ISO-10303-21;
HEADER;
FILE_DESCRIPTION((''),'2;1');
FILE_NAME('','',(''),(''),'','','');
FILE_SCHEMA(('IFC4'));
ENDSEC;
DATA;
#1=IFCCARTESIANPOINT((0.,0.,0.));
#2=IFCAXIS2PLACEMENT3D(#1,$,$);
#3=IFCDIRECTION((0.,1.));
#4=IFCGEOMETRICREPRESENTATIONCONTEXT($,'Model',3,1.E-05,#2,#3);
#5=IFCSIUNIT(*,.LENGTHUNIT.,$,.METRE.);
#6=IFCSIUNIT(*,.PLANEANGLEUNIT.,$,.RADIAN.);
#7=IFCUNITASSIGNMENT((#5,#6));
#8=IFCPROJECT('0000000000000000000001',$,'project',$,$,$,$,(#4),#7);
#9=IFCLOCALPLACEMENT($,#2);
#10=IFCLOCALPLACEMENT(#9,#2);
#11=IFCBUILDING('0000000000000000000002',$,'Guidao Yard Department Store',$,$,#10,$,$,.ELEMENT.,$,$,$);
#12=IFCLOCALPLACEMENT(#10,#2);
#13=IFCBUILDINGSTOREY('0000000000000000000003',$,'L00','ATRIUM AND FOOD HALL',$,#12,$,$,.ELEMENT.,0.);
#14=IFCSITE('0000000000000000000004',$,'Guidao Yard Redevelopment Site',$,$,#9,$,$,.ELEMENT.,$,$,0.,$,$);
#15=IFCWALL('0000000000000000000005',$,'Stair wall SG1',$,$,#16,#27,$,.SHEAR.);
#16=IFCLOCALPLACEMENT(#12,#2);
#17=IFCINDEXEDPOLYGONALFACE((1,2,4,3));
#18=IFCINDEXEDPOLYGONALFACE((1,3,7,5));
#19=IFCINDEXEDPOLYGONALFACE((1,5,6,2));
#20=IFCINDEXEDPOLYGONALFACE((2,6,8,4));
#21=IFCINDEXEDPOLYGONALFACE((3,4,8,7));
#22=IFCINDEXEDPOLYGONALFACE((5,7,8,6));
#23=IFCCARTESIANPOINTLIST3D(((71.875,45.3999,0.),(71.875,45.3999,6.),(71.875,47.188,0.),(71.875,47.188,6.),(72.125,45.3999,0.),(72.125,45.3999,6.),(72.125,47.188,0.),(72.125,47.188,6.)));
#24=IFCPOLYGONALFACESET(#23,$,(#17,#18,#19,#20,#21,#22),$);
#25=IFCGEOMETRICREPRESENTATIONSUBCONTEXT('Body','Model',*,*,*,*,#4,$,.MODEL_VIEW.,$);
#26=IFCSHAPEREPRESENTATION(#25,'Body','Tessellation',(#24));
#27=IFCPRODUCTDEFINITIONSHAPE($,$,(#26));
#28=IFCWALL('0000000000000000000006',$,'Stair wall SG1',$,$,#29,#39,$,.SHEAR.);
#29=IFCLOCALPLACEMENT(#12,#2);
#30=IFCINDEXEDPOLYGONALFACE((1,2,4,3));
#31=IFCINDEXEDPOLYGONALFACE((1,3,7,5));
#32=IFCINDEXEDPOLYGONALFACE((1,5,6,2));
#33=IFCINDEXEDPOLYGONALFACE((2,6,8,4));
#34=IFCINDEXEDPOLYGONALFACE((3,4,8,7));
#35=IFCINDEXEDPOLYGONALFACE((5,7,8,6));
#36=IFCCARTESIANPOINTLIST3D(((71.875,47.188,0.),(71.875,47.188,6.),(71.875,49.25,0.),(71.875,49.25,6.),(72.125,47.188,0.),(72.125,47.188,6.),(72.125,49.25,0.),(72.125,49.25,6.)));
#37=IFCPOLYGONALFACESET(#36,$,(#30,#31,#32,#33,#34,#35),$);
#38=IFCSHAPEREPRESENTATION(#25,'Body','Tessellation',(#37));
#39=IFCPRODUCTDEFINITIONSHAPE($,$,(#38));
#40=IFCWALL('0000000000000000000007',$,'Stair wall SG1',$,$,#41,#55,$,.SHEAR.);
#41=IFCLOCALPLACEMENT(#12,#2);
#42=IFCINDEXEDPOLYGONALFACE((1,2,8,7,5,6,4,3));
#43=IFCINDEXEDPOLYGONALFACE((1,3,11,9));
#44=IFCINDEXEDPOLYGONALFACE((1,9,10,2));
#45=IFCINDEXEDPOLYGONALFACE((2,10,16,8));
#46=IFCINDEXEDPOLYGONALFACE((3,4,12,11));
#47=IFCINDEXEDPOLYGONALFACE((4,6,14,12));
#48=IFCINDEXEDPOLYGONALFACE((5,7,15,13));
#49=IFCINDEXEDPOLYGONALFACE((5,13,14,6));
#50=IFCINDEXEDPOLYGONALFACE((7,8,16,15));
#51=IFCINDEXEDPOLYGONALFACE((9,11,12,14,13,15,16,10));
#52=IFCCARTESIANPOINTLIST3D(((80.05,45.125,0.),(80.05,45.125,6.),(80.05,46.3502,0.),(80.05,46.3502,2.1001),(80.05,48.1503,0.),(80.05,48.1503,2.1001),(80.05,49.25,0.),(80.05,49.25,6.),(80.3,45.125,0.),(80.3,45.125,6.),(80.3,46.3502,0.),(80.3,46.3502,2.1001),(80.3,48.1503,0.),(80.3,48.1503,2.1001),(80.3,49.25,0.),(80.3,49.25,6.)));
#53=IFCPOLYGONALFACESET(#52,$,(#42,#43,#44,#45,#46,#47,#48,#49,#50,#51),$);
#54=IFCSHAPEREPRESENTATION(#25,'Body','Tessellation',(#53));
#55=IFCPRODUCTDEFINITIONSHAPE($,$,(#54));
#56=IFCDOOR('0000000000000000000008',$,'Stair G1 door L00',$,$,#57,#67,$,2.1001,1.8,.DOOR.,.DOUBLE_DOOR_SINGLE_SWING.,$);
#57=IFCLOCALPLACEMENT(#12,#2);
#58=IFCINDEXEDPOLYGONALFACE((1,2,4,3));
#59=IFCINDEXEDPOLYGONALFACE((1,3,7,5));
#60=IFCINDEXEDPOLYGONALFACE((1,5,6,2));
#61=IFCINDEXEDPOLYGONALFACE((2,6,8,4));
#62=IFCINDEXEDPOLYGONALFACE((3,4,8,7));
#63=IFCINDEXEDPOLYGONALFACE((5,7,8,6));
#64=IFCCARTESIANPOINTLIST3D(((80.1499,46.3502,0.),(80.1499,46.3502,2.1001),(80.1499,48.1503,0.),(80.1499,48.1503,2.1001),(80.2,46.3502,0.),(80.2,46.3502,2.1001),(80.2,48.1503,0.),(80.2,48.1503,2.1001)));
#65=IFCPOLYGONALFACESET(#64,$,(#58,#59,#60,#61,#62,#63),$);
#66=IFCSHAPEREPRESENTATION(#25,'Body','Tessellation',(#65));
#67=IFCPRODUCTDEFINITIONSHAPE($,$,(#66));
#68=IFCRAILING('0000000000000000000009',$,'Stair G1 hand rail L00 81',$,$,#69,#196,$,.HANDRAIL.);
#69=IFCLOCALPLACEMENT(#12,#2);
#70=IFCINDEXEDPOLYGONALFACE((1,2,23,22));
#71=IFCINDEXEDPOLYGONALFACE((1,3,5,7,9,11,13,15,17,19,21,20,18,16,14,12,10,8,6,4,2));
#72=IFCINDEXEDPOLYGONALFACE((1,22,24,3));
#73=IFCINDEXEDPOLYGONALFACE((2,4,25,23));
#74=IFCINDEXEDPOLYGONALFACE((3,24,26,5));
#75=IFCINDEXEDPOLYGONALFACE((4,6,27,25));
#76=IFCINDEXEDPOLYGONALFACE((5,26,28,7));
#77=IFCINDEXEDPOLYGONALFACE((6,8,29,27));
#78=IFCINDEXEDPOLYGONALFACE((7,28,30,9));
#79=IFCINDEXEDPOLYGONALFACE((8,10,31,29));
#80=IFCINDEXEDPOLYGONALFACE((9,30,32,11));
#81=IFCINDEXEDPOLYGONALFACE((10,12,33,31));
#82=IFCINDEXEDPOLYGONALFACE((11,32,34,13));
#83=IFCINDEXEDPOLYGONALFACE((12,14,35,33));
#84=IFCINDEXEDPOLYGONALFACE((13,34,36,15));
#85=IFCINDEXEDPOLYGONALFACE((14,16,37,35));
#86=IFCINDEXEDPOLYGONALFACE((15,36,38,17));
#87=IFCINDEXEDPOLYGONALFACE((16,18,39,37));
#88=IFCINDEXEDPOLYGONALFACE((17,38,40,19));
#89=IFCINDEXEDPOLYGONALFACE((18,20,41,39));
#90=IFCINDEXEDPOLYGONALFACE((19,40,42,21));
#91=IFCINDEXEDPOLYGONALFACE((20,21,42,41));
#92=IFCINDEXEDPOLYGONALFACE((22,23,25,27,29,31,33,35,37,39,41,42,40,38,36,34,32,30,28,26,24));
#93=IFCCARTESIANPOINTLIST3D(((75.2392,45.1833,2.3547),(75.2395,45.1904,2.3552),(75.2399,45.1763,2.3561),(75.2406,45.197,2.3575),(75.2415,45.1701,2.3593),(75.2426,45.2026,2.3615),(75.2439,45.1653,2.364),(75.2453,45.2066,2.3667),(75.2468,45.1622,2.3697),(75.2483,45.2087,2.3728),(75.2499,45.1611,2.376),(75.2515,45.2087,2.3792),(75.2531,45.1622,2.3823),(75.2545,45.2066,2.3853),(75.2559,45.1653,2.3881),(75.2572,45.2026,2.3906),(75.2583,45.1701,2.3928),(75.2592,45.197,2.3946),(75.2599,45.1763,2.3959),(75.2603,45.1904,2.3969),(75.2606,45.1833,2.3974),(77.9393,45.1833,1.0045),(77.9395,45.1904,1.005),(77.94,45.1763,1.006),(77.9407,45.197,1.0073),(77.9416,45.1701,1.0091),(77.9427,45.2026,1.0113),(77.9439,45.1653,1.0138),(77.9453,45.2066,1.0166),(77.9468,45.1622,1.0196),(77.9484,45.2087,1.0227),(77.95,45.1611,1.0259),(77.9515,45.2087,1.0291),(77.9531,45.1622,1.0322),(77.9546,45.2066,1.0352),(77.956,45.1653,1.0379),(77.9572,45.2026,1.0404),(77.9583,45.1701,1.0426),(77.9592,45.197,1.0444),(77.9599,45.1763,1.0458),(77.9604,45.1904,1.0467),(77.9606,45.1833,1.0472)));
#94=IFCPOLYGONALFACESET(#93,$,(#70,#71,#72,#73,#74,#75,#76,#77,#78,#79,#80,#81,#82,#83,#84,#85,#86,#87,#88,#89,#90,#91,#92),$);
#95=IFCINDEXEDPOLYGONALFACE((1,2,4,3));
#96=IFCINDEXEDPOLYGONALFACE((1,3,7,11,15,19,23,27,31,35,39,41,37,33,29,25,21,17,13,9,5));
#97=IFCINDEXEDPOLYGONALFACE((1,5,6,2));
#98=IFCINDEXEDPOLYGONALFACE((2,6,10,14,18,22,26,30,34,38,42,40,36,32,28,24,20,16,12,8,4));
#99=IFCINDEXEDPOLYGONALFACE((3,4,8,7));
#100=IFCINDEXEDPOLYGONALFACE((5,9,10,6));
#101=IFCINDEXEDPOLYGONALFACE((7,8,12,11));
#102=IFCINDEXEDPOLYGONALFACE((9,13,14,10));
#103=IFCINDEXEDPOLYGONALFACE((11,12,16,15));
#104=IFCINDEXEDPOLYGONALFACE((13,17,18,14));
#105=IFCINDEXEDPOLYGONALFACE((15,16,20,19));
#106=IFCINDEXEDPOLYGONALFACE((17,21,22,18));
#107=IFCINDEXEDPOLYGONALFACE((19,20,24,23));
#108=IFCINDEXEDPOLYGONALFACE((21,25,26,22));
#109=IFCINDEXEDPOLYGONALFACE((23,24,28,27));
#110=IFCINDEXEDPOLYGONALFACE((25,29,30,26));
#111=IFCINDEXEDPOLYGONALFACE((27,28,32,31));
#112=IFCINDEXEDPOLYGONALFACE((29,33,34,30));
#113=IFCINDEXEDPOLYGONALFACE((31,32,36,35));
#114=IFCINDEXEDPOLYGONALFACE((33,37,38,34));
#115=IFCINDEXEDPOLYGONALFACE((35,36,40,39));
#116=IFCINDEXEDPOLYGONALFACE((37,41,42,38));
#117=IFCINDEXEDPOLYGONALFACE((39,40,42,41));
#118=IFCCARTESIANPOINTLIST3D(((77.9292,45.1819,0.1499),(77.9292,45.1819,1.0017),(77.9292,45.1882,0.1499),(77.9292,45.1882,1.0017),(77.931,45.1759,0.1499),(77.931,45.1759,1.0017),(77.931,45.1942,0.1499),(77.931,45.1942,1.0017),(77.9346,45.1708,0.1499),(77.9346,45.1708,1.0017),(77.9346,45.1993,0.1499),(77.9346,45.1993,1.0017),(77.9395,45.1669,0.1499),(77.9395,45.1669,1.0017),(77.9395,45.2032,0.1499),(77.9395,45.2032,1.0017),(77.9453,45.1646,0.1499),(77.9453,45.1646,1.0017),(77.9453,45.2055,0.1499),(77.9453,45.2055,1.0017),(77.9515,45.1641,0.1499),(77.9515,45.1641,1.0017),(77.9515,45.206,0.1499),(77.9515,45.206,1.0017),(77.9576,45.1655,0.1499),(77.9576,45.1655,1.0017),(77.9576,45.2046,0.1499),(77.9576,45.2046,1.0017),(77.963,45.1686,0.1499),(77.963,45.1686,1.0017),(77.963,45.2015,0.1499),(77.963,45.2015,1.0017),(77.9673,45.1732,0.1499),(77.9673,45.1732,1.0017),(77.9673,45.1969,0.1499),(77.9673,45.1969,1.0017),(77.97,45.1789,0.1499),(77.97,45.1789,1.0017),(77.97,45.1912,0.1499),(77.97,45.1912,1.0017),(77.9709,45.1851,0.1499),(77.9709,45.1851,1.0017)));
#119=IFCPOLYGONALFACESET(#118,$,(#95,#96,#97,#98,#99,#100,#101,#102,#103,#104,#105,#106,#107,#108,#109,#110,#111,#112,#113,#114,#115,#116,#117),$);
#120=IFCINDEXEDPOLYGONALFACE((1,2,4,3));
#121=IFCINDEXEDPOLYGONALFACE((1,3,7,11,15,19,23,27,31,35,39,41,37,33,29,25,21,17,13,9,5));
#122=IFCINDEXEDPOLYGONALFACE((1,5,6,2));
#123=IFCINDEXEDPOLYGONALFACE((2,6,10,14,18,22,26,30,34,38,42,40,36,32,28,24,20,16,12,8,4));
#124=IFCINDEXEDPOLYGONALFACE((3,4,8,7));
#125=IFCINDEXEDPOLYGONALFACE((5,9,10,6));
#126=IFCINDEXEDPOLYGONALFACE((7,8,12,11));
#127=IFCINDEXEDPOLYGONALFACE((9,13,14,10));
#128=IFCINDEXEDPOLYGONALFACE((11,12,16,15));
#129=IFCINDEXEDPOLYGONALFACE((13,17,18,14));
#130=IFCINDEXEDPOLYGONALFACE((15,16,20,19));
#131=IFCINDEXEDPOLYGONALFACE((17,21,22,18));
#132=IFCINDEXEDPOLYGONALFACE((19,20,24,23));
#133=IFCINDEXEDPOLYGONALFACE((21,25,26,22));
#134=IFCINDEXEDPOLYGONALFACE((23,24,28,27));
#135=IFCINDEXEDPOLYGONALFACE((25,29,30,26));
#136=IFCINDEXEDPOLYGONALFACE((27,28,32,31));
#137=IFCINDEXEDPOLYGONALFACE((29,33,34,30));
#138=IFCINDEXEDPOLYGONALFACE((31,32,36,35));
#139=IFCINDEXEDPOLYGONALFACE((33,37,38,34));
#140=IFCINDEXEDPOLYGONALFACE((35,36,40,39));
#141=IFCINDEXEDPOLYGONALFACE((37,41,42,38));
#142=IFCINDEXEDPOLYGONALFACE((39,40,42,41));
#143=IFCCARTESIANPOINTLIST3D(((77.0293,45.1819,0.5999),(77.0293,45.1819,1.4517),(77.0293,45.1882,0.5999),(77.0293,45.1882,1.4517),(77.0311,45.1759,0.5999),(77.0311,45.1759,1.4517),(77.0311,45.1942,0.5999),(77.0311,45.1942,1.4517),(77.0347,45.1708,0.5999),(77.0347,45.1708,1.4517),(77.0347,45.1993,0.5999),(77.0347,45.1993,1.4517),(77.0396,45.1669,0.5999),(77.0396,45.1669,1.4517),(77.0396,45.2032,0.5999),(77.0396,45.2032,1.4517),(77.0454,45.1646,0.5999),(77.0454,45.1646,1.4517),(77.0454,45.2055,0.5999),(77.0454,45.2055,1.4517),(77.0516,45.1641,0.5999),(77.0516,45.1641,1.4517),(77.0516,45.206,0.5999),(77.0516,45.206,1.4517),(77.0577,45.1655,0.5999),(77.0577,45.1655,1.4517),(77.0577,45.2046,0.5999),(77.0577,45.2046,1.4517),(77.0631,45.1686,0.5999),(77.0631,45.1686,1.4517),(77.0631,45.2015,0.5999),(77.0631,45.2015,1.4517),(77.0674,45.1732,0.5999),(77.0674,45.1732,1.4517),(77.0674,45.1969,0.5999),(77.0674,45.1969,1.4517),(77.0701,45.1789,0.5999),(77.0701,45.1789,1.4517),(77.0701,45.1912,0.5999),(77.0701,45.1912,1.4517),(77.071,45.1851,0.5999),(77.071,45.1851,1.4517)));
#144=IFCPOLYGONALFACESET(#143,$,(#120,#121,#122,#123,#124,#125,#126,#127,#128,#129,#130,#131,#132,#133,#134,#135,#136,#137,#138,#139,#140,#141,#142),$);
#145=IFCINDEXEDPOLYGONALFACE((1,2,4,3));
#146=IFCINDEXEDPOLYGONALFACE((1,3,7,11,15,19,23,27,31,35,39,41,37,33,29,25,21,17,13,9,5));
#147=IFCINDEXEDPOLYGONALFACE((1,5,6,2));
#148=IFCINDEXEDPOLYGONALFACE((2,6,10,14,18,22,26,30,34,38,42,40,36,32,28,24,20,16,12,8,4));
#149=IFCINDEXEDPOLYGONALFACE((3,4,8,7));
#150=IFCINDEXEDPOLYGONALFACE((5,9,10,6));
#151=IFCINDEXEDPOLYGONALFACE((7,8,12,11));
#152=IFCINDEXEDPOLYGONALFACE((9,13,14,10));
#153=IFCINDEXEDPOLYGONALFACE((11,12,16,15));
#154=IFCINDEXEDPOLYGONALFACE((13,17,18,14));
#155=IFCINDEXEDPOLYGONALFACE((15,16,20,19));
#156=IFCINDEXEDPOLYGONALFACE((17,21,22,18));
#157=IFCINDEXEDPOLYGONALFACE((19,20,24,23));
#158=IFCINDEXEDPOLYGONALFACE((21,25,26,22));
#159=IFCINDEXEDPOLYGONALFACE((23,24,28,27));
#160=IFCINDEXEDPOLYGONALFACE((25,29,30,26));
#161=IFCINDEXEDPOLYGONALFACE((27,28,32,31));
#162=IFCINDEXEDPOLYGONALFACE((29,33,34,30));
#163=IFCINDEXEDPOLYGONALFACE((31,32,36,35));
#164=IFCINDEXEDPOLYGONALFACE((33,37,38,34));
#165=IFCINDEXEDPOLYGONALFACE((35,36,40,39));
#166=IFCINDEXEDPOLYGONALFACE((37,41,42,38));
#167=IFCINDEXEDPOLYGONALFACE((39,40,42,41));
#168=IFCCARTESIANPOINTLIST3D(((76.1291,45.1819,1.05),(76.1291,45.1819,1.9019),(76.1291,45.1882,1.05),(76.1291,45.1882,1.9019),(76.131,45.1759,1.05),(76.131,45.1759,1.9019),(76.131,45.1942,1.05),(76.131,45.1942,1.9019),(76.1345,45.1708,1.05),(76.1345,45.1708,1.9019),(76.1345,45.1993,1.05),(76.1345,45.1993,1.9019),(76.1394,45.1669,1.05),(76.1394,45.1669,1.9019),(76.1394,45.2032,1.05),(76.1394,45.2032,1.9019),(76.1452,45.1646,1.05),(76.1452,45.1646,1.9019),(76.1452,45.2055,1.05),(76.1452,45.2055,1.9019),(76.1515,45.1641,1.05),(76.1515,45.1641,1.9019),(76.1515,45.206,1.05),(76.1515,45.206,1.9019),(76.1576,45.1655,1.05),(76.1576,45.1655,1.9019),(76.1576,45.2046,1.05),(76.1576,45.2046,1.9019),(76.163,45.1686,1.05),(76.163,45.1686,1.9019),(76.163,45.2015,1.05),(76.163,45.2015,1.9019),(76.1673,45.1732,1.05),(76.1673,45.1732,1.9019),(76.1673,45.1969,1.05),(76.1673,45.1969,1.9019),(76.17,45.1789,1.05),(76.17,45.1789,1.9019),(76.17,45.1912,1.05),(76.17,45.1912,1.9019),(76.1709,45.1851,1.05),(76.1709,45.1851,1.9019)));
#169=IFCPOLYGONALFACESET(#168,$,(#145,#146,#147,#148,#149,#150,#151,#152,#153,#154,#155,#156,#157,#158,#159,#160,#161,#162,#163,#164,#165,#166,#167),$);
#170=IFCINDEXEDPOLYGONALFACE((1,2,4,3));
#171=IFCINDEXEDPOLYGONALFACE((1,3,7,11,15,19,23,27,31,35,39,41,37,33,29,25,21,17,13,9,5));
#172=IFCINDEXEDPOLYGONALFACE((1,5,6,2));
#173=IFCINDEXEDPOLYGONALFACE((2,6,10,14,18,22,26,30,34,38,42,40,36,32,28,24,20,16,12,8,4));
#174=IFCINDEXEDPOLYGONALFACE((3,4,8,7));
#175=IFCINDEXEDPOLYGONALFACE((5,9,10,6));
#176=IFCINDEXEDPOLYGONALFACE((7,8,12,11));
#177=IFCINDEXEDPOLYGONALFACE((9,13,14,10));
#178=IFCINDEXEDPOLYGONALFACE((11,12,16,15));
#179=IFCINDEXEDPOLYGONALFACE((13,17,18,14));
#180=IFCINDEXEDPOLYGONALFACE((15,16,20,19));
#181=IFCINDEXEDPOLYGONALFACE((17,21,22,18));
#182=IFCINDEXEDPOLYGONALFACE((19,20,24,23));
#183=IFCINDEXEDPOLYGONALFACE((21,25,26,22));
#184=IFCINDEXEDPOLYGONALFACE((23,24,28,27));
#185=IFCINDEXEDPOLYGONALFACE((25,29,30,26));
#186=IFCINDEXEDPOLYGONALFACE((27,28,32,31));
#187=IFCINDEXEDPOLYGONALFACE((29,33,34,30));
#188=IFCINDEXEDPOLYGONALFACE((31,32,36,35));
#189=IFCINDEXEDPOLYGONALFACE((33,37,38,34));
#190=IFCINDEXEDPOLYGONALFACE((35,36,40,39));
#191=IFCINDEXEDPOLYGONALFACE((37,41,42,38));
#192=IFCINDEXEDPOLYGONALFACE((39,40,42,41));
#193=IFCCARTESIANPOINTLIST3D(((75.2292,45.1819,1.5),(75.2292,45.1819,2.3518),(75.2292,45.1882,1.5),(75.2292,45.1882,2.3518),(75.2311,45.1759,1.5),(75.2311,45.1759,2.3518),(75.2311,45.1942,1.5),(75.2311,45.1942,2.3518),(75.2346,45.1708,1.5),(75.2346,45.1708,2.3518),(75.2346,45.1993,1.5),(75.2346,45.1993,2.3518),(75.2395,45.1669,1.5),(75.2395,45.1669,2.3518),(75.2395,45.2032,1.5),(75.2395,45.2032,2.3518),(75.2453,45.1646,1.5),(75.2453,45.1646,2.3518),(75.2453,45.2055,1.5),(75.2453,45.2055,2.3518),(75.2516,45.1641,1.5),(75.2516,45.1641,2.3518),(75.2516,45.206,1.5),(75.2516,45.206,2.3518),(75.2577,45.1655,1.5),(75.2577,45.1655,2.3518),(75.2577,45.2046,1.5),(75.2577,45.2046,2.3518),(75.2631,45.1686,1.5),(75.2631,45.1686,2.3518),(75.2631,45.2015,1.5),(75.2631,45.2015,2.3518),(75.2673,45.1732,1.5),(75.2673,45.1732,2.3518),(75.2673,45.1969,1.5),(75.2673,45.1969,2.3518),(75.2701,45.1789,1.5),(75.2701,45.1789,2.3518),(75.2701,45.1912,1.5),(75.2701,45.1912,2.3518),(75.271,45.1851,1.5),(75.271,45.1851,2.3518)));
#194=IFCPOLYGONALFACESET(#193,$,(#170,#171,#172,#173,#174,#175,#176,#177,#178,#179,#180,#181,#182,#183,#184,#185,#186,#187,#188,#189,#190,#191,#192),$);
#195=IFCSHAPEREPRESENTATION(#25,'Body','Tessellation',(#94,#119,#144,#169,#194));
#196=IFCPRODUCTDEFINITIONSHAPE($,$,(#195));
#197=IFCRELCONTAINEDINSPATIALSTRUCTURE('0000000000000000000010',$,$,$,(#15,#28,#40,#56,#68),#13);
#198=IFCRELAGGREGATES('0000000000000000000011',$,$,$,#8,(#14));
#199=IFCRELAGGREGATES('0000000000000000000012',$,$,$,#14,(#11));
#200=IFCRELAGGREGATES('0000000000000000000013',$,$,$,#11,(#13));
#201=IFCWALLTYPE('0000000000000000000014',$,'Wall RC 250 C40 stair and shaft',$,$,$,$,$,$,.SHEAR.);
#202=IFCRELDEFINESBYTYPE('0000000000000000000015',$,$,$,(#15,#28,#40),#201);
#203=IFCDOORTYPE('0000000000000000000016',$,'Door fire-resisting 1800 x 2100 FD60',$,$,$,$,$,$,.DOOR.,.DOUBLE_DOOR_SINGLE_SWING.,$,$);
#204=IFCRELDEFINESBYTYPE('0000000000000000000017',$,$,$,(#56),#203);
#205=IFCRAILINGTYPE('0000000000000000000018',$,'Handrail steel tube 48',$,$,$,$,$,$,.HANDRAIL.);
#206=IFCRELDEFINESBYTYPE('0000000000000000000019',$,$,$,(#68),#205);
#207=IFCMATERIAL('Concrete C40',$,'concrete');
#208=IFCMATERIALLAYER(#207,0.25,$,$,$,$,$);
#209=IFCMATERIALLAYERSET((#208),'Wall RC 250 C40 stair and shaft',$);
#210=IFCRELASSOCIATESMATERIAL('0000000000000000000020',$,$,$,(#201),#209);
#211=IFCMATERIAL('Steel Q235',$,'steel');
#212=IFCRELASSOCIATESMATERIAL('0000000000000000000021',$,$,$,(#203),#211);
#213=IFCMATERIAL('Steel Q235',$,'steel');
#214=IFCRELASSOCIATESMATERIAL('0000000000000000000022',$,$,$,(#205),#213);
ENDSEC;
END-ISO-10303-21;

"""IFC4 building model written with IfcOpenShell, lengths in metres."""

from ifc_helpers import new_model, si_unit, direction, frame, frame_2d, origin, origin_2d, place, context, subcontext, project, spatial, rectangle, circle, extrude, material, layer, layer_set, type_object, element, fill, save


model = new_model("IFC4")

# Units and contexts
model_context = context("Model", 3, precision=1e-05, world=origin(), true_north=direction((0.0, 1.0)))
body_context = subcontext(model_context, "Body", "Model", "MODEL_VIEW")
ifc_project = project(units=[si_unit("LENGTHUNIT", "METRE"), si_unit("PLANEANGLEUNIT", "RADIAN")], contexts=[model_context])

# Site, building, storey
site_placement = place(None, origin())
site = spatial("IfcSite", under=ifc_project, at=site_placement, Name="Guidao Yard Redevelopment Site", CompositionType="ELEMENT", RefElevation=0.0)
building_placement = place(site_placement, origin())
building = spatial("IfcBuilding", under=site, at=building_placement, Name="Guidao Yard Department Store", CompositionType="ELEMENT")
storey_placement = place(building_placement, origin())
storey = spatial("IfcBuildingStorey", under=building, at=storey_placement, Name="L00", Description="ATRIUM AND FOOD HALL", CompositionType="ELEMENT", Elevation=0.0)

# Shared definitions
ifc_material_1 = material(Name="Concrete C40", Category="concrete")
ifc_layer = layer(ifc_material_1, 0.25)
ifc_layer_set = layer_set([ifc_layer], Name="Wall RC 250 C40 stair and shaft")
wall_type = type_object("IfcWallType", Name="Wall RC 250 C40 stair and shaft", PredefinedType="SHEAR", material=ifc_layer_set)
ifc_material_2 = material(Name="Steel Q235", Category="steel")
door_type = type_object("IfcDoorType", Name="Door fire-resisting 1800 x 2100 FD60", OperationType="DOUBLE_DOOR_SINGLE_SWING", PredefinedType="DOOR", material=ifc_material_2)

# Walls
wall_1_placement = place(storey_placement, frame((72.0, 45.3999, 0.0), z_axis=(0.0, 0.0, 1.0), x_axis=(0.0, 1.0, 0.0)))
element("IfcWall", 1, at=wall_1_placement, inside=storey, type_object=wall_type, Name="Stair wall SG1", PredefinedType="SHEAR", context=body_context, shape_type="SweptSolid", body=[
    extrude(rectangle(XDim=1.7881, YDim=0.25, at=frame_2d((0.894, 0.0))), origin(), (0.0, 0.0, 1.0), 6.0),
])
wall_2_placement = place(storey_placement, frame((72.0, 47.188, 0.0), z_axis=(0.0, 0.0, 1.0), x_axis=(0.0, 1.0, 0.0)))
element("IfcWall", 2, at=wall_2_placement, inside=storey, type_object=wall_type, Name="Stair wall SG1", PredefinedType="SHEAR", context=body_context, shape_type="SweptSolid", body=[
    extrude(rectangle(XDim=2.062, YDim=0.25, at=frame_2d((1.031, 0.0))), origin(), (0.0, 0.0, 1.0), 6.0),
])

# Wall, opening, door
wall_3_placement = place(storey_placement, frame((80.175, 45.125, 0.0), z_axis=(0.0, 0.0, 1.0), x_axis=(0.0, 1.0, 0.0)))
wall_3 = element("IfcWall", 3, at=wall_3_placement, inside=storey, type_object=wall_type, Name="Stair wall SG1", PredefinedType="SHEAR", context=body_context, shape_type="SweptSolid", body=[
    extrude(rectangle(XDim=4.125, YDim=0.25, at=frame_2d((2.0625, 0.0))), origin(), (0.0, 0.0, 1.0), 6.0),
])
opening_1_placement = place(wall_3_placement, frame((3.0251, 0.0, 0.0), z_axis=(0.0, 0.0, 1.0), x_axis=(-1.0, 0.0, 0.0)))
opening_1 = element("IfcOpeningElement", 4, at=opening_1_placement, cuts=wall_3, PredefinedType="OPENING", context=body_context, shape_type="SweptSolid", body=[
    extrude(rectangle(XDim=1.8, YDim=2.1001, at=frame_2d((0.8999, 1.05))), frame((0.0, 0.135, 0.0), z_axis=(0.0, -1.0, 0.0), x_axis=(1.0, 0.0, 0.0)), (0.0, 0.0, 1.0), 0.27),
])
door_1_placement = place(opening_1_placement, origin())
door_1 = element("IfcDoor", 5, at=door_1_placement, inside=storey, type_object=door_type, Name="Stair G1 door L00", OperationType="DOUBLE_DOOR_SINGLE_SWING", OverallHeight=2.1001, OverallWidth=1.8, PredefinedType="DOOR", context=body_context, shape_type="SweptSolid", body=[
    extrude(rectangle(XDim=1.8, YDim=2.1001, at=frame_2d((0.8999, 1.05))), frame((0.0, 0.0249, 0.0), z_axis=(0.0, -1.0, 0.0), x_axis=(1.0, 0.0, 0.0)), (0.0, 0.0, 1.0), 0.05),
])
fill(opening_1, door_1)

# Railing
ifc_material_3 = material(Name="Steel Q235", Category="steel")
railing_type = type_object("IfcRailingType", Name="Handrail steel tube 48", PredefinedType="HANDRAIL", material=ifc_material_3)
for number, where, name in (
    (6, (77.95, 45.1851, 0.1499), "Stair G1 hand rail L00 81"),
):
    element("IfcRailing", number, at=place(storey_placement, frame(where)), inside=storey, type_object=railing_type, Name=name, PredefinedType="HANDRAIL", context=body_context, shape_type="SweptSolid", body=[
        extrude(circle(Radius=0.0239, at=origin_2d()), frame((0.0, 0.0, 0.876), z_axis=(-0.894411, 0.0, 0.447246), x_axis=(0.0, -1.0, 0.0)), (0.0, 0.0, 1.0), 3.0188),
        extrude(circle(Radius=0.021, at=origin_2d()), origin(), (0.0, 0.0, 1.0), 0.8518),
        extrude(circle(Radius=0.021, at=origin_2d()), frame((-0.8999, 0.0, 0.45)), (0.0, 0.0, 1.0), 0.8518),
        extrude(circle(Radius=0.021, at=origin_2d()), frame((-1.8, 0.0, 0.9001)), (0.0, 0.0, 1.0), 0.8518),
        extrude(circle(Radius=0.021, at=origin_2d()), frame((-2.7, 0.0, 1.3501)), (0.0, 0.0, 1.0), 0.8518),
    ])

save(model, "model.ifc")
